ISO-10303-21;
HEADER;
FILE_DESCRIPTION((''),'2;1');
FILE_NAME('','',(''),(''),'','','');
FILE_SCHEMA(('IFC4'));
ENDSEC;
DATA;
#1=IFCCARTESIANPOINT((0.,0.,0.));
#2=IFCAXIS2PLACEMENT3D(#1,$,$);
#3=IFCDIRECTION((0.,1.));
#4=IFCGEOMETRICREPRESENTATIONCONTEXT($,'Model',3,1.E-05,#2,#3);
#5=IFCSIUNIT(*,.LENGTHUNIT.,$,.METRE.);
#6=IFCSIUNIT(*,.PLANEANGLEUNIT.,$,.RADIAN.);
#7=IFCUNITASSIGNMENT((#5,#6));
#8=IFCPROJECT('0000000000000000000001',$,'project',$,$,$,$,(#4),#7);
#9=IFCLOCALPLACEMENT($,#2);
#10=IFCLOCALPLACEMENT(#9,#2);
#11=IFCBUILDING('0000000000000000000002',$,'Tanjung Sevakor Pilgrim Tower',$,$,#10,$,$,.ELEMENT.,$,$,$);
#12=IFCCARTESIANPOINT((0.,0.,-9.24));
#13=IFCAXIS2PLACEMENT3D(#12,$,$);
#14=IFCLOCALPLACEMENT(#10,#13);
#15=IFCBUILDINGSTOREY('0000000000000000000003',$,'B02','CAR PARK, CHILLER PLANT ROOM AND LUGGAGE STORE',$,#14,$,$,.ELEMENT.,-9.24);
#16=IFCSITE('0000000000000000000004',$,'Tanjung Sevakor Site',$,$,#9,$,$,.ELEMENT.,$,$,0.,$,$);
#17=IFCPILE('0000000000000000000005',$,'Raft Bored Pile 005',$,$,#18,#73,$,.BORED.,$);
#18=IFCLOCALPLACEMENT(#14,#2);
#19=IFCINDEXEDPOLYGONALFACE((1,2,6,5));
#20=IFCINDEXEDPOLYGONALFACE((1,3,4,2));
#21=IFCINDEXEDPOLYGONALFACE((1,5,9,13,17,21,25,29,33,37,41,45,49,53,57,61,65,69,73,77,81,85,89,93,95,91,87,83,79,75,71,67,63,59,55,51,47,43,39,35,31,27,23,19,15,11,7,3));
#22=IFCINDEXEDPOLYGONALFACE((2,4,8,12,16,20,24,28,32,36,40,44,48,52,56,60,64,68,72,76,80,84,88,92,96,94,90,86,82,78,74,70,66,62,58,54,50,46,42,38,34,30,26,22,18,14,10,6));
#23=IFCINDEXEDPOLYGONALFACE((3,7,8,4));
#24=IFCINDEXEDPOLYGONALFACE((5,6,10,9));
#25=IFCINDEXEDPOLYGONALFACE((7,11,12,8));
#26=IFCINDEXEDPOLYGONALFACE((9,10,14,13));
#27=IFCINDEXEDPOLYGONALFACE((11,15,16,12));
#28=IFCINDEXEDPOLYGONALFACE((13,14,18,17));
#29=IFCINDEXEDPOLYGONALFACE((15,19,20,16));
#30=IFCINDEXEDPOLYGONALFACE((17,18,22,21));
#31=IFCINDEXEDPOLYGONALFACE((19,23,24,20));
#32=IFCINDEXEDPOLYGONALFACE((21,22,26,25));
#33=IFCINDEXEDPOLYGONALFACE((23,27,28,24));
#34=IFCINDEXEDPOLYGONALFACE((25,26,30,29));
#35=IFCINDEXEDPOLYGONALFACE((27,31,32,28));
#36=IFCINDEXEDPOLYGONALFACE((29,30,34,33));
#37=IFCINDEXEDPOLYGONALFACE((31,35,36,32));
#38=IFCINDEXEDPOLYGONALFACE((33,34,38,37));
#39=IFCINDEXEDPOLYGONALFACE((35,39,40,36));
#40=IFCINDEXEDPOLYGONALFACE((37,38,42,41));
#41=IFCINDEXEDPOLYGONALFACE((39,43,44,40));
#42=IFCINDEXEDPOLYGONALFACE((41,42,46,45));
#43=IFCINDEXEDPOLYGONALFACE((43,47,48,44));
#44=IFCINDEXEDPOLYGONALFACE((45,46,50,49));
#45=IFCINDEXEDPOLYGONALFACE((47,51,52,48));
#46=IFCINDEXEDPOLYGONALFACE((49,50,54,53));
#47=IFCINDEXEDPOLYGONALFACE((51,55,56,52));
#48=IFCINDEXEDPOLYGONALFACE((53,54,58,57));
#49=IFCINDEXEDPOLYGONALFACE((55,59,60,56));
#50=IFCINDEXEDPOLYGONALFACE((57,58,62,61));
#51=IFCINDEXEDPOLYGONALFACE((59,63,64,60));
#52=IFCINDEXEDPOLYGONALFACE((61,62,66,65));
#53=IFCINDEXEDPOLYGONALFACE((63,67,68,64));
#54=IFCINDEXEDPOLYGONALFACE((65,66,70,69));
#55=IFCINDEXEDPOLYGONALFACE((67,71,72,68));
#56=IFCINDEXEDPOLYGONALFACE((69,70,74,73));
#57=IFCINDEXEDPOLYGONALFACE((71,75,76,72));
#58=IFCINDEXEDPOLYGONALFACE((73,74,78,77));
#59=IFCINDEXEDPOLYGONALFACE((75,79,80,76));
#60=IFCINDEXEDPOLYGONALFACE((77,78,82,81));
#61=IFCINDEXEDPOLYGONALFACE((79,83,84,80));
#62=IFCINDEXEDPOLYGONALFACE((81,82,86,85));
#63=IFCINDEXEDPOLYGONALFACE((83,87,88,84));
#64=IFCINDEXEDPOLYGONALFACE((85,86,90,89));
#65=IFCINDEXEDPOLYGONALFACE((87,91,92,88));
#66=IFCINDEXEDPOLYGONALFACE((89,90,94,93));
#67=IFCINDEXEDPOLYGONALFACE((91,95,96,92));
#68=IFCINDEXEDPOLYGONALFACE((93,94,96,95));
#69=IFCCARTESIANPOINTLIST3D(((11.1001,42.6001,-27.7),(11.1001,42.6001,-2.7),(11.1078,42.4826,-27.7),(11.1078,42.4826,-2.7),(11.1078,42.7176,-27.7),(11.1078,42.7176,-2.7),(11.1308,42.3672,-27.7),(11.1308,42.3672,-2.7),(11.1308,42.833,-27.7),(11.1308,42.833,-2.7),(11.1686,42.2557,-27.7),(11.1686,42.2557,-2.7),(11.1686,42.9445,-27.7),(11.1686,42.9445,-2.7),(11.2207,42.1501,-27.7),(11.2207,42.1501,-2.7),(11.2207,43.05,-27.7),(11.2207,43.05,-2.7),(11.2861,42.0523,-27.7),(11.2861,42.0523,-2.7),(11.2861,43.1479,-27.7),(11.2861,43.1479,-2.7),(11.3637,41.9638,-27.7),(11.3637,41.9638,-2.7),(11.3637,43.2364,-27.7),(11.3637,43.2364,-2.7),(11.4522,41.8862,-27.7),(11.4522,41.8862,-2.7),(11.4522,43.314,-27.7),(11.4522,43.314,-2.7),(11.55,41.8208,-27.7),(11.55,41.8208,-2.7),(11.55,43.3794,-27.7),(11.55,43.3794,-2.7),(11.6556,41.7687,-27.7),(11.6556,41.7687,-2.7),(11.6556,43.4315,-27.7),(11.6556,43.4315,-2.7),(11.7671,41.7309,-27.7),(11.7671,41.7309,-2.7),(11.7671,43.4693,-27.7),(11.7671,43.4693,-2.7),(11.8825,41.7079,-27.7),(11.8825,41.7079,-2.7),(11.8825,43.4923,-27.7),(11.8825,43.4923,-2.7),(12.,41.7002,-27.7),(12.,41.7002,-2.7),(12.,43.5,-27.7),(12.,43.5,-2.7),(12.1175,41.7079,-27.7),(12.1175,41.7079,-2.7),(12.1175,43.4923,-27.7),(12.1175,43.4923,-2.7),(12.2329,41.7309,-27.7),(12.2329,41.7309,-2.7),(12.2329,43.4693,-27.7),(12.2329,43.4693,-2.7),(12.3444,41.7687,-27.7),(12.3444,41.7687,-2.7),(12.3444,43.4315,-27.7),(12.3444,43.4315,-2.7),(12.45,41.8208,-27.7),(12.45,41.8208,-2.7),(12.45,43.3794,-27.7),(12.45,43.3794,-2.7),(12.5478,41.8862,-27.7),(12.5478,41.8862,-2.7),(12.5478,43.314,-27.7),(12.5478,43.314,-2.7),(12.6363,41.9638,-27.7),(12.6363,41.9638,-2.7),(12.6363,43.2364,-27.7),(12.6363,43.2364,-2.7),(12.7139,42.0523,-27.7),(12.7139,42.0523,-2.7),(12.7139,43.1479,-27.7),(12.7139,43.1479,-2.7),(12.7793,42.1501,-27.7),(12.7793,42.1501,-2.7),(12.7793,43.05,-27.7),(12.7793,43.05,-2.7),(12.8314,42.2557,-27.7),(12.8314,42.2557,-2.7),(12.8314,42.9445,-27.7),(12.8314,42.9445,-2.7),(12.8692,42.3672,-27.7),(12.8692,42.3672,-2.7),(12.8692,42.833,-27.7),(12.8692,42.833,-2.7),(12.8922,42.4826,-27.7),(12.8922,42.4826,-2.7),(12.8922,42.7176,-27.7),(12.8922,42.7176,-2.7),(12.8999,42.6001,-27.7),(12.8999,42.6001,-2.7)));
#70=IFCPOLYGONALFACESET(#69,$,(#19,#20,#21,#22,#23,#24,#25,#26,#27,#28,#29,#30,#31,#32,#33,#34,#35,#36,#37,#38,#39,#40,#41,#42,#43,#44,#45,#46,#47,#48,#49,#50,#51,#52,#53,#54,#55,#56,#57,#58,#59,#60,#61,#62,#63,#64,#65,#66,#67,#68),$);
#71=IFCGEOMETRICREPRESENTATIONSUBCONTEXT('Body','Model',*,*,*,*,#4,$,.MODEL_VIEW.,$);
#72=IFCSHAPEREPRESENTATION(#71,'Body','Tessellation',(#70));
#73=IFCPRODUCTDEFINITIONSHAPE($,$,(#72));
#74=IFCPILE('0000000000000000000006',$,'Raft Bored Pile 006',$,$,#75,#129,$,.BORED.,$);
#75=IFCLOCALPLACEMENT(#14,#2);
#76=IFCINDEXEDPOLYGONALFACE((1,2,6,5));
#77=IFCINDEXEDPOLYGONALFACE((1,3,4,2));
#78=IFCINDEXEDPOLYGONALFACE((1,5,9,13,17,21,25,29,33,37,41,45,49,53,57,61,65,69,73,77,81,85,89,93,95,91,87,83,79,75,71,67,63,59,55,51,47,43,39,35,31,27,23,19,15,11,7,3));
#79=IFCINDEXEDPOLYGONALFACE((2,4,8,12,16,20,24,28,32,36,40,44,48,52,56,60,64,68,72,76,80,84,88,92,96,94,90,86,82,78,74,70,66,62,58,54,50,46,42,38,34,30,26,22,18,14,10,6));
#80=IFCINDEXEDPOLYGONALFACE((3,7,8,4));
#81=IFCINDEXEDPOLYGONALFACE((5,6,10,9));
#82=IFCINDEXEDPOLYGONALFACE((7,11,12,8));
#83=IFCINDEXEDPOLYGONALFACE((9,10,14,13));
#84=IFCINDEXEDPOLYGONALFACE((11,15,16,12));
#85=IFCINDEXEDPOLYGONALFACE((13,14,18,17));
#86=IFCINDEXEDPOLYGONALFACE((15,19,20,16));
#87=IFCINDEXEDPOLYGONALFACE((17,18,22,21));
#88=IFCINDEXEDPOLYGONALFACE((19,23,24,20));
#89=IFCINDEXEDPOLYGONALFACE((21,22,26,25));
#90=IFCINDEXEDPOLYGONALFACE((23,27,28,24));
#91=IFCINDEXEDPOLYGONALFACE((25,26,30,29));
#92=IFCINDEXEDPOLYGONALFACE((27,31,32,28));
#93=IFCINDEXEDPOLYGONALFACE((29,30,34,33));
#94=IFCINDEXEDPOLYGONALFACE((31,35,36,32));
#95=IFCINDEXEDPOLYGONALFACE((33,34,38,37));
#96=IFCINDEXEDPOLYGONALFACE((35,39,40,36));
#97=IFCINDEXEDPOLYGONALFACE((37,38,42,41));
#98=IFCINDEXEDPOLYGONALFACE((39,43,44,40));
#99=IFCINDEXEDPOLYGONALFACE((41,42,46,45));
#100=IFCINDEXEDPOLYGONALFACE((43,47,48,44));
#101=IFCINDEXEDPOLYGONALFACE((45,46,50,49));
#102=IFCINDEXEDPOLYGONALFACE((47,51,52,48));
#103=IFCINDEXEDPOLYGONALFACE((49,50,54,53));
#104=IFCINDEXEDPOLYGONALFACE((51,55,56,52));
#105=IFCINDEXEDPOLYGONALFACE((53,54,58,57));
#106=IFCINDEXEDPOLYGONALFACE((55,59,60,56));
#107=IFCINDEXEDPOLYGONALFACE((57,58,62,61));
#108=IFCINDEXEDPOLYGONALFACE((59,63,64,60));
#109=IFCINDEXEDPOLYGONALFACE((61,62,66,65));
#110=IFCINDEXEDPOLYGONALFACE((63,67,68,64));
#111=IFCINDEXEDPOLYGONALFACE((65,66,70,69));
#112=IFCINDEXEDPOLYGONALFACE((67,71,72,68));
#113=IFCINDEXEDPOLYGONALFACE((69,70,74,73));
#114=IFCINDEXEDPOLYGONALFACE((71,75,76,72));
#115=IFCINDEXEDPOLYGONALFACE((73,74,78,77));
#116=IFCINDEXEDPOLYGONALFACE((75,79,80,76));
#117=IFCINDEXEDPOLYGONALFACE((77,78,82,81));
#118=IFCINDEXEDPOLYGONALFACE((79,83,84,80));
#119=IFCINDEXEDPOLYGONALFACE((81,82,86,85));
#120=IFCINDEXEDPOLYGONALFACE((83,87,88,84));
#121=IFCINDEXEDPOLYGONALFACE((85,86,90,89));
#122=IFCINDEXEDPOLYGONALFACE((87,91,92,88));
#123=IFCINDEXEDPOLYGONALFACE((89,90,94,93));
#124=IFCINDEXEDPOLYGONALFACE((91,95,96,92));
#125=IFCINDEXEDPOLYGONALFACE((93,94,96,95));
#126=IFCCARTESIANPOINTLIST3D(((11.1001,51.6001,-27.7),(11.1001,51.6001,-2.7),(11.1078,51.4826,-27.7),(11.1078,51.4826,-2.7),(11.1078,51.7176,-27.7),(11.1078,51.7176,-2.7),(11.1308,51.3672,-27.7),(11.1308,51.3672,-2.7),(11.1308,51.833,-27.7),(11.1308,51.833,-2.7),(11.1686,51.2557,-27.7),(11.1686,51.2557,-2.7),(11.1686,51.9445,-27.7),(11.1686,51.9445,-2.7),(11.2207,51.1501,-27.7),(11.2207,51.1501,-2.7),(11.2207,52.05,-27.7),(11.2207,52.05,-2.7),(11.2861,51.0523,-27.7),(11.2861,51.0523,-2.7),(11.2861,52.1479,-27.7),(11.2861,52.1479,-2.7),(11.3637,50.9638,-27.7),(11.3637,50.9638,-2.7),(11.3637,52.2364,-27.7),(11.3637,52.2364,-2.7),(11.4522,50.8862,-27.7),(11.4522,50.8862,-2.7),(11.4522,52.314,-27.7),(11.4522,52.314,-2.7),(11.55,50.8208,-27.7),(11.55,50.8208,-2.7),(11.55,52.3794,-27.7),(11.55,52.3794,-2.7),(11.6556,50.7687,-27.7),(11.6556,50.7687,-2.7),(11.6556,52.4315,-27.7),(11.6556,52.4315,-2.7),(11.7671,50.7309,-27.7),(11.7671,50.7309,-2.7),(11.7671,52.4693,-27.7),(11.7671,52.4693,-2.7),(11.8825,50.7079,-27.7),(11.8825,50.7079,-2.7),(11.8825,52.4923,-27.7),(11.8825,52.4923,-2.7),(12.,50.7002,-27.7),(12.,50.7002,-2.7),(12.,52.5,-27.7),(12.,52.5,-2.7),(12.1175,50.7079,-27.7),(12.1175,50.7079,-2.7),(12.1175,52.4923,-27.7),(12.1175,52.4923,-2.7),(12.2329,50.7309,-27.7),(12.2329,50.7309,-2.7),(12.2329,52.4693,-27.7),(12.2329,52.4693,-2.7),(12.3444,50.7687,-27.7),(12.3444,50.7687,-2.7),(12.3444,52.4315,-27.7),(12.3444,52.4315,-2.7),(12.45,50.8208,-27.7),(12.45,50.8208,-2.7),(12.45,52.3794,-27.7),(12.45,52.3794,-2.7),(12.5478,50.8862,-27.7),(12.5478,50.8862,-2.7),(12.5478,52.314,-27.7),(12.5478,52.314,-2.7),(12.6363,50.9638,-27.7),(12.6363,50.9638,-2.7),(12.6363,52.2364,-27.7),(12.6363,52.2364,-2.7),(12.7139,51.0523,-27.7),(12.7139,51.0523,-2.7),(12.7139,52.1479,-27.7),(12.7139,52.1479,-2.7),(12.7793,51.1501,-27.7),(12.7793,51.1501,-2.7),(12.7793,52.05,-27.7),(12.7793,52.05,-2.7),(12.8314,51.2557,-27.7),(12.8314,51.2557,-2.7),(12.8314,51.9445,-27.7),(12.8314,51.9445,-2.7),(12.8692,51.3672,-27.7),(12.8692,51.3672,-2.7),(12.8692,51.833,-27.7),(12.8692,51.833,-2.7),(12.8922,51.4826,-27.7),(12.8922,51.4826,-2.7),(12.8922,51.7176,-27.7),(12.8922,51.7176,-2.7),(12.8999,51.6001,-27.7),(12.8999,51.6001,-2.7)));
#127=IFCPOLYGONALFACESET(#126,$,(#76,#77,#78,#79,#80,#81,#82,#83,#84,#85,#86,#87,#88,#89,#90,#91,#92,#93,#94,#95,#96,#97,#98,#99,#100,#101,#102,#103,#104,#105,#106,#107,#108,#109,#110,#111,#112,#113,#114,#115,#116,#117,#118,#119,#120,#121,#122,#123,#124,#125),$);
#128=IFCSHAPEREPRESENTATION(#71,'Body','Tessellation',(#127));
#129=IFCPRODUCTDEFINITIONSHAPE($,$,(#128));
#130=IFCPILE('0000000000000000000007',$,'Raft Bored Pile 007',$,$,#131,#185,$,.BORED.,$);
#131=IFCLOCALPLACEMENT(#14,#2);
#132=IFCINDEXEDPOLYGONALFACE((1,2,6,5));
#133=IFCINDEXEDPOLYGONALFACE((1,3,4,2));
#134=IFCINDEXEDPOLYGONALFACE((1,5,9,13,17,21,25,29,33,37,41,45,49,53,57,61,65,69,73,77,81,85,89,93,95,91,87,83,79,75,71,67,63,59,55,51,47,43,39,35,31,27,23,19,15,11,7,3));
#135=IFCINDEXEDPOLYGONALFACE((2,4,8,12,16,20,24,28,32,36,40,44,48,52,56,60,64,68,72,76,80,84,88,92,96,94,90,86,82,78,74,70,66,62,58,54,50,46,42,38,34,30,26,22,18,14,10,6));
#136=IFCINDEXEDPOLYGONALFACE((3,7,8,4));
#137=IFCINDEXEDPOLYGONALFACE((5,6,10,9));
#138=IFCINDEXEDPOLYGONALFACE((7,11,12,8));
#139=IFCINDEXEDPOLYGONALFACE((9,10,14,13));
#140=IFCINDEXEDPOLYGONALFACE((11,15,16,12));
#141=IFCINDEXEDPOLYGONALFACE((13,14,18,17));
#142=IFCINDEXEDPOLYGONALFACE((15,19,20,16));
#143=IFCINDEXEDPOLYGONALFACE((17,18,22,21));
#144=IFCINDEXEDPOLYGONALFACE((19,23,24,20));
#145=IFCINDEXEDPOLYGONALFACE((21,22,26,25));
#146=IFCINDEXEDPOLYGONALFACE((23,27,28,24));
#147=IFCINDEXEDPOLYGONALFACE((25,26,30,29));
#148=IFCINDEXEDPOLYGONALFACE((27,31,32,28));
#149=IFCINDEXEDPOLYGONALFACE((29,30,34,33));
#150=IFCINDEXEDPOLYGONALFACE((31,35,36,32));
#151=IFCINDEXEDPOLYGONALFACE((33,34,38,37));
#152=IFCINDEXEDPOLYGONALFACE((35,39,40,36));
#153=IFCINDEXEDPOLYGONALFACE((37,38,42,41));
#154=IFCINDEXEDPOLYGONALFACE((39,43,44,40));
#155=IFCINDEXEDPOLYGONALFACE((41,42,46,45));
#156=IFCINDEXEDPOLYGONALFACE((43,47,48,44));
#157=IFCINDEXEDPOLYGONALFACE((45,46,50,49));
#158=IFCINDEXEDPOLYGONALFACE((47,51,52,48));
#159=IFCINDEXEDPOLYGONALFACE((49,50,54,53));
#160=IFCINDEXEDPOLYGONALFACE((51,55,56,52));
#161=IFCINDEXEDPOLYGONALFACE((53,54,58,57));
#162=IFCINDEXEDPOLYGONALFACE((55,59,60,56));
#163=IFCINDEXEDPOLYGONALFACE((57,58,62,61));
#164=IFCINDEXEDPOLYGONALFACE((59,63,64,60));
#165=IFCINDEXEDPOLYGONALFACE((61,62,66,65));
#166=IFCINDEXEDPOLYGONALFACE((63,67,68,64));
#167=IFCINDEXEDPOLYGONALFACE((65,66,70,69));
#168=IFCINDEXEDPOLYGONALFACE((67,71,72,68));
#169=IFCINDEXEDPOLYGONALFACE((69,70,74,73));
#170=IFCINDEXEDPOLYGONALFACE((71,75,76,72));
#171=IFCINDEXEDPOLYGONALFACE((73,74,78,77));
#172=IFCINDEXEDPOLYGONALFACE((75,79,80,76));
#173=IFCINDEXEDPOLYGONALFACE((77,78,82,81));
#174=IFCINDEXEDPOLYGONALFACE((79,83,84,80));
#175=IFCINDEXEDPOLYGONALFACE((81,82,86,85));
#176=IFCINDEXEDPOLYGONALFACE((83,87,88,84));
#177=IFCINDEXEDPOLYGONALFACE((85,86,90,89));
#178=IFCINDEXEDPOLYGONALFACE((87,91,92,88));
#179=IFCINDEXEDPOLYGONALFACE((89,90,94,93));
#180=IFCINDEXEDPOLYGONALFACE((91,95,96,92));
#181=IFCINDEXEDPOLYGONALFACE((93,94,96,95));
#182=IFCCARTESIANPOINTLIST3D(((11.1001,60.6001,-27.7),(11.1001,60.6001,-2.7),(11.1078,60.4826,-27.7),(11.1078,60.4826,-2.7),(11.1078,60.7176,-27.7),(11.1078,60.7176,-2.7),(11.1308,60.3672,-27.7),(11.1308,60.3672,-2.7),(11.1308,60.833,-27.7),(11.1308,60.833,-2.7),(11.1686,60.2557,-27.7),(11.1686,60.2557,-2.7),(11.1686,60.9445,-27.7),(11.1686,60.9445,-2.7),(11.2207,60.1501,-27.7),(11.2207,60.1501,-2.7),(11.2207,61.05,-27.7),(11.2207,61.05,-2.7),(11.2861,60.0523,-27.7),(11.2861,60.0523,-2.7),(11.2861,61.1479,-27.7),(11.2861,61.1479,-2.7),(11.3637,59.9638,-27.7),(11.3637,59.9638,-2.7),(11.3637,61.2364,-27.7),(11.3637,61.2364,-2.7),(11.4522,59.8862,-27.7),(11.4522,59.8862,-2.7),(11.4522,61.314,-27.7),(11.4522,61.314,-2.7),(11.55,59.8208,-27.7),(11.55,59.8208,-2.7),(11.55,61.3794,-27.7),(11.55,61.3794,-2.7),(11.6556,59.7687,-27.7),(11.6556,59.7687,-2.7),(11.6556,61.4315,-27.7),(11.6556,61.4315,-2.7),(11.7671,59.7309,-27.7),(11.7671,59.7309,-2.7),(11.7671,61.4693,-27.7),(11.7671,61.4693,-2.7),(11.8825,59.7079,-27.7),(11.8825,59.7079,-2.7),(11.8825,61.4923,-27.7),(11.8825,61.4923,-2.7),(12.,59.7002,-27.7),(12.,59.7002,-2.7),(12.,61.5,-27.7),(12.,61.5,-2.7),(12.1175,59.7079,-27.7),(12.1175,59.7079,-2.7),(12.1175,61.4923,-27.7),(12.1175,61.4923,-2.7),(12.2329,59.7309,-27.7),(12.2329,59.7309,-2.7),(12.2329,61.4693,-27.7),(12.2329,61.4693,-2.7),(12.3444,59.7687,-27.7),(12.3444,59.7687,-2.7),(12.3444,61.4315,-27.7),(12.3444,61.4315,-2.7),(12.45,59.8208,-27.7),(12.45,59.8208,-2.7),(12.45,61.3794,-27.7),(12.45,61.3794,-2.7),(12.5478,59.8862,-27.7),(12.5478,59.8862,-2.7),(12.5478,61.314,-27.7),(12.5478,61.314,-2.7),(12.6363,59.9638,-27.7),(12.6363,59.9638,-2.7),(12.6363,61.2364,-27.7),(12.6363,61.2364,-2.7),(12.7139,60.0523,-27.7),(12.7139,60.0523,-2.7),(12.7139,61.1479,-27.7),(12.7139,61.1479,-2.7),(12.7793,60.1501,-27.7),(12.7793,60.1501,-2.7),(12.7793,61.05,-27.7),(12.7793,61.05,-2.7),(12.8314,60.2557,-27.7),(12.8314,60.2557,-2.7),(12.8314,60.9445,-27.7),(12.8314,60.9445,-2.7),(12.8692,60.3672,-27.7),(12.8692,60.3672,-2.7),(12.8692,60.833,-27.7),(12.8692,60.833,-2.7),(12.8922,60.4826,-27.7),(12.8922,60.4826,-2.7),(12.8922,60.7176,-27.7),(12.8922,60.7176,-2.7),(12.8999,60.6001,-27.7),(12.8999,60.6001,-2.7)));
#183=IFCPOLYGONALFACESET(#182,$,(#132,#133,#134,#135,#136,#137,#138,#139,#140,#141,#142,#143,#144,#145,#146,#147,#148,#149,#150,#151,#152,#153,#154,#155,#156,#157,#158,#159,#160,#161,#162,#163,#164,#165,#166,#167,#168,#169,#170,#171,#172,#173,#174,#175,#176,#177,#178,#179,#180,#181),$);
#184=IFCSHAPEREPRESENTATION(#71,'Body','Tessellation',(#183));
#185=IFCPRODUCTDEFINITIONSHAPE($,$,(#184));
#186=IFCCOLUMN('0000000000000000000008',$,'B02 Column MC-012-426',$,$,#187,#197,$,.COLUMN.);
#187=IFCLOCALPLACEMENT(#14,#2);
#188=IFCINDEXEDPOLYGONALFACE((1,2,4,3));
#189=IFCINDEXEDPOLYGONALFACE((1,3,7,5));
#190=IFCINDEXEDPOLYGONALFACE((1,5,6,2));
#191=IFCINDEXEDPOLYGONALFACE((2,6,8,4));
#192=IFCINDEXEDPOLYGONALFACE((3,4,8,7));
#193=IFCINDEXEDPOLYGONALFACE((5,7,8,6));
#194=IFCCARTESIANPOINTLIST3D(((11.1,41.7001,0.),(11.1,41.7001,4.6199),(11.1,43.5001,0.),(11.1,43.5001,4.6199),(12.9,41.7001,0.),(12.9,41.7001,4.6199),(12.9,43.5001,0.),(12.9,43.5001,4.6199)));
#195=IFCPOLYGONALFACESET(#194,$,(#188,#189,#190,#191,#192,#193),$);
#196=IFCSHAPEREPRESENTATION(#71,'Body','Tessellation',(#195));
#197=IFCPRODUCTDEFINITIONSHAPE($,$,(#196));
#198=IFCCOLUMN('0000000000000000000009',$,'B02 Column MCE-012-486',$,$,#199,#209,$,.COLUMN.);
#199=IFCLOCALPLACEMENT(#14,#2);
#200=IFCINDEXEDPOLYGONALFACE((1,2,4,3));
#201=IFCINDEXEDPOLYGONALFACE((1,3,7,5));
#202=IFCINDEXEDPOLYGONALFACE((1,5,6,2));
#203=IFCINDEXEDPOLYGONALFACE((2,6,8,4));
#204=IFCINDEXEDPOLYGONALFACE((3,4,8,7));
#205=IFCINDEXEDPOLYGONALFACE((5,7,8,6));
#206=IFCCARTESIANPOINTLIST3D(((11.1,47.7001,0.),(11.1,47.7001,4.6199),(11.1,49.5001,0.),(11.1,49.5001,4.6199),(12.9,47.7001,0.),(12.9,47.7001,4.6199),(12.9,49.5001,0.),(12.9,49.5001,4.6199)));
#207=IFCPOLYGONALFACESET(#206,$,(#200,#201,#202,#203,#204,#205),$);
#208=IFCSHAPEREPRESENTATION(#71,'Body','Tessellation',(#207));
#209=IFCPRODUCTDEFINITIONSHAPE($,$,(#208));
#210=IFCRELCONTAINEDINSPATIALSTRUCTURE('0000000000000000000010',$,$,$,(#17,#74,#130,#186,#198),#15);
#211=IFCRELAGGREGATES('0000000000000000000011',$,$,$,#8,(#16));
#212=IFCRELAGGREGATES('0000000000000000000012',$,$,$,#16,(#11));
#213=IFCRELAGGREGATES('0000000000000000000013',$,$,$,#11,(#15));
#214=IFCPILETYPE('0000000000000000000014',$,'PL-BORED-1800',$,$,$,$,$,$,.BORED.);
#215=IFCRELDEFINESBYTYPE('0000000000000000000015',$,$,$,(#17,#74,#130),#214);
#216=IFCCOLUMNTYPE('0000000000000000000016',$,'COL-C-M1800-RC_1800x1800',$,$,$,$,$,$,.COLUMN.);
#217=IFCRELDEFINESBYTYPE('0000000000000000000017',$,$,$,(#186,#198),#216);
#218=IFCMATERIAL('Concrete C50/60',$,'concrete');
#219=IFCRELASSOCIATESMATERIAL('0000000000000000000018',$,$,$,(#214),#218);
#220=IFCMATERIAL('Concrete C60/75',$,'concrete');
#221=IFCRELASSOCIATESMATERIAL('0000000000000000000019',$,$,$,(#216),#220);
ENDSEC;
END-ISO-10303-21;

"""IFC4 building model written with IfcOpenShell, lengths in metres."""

from ifc_helpers import new_model, si_unit, direction, frame, origin, origin_2d, place, context, subcontext, project, spatial, rectangle, circle, extrude, material, material_profile, profile_set, type_object, element, save


model = new_model("IFC4")

# Units and contexts
model_context = context("Model", 3, precision=1e-05, world=origin(), true_north=direction((0.0, 1.0)))
body_context = subcontext(model_context, "Body", "Model", "MODEL_VIEW")
ifc_project = project(units=[si_unit("LENGTHUNIT", "METRE"), si_unit("PLANEANGLEUNIT", "RADIAN")], contexts=[model_context])

# Site, building, storey
site_placement = place(None, origin())
site = spatial("IfcSite", under=ifc_project, at=site_placement, Name="Tanjung Sevakor Site", CompositionType="ELEMENT", RefElevation=0.0)
building_placement = place(site_placement, origin())
building = spatial("IfcBuilding", under=site, at=building_placement, Name="Tanjung Sevakor Pilgrim Tower", CompositionType="ELEMENT")
storey_placement = place(building_placement, frame((0.0, 0.0, -9.24)))
storey = spatial("IfcBuildingStorey", under=building, at=storey_placement, Name="B02", Description="CAR PARK, CHILLER PLANT ROOM AND LUGGAGE STORE", CompositionType="ELEMENT", Elevation=-9.24)

# Piles
ifc_material_1 = material(Name="Concrete C50/60", Category="concrete")
ifc_material_profile_1 = material_profile(ifc_material_1, circle(Radius=0.8999, at=origin_2d()))
ifc_profile_set_1 = profile_set([ifc_material_profile_1], Name="Concrete C50/60")
pile_type_1 = type_object("IfcPileType", Name="PL-BORED-1800", PredefinedType="BORED", material=ifc_profile_set_1)
for number, where, z_axis, x_axis, name in (
    (1, (12.0, 42.6001, -2.7), (0.0, 0.0, -1.0), (1.0, 0.0, 0.0), "Raft Bored Pile 005"),
    (2, (12.0, 51.6001, -2.7), (0.0, 0.0, -1.0), (1.0, 0.0, 0.0), "Raft Bored Pile 006"),
    (3, (12.0, 60.6001, -2.7), (0.0, 0.0, -1.0), (1.0, 0.0, 0.0), "Raft Bored Pile 007"),
):
    element("IfcPile", number, at=place(storey_placement, frame(where, z_axis=z_axis, x_axis=x_axis)), inside=storey, type_object=pile_type_1, Name=name, PredefinedType="BORED", context=body_context, shape_type="SweptSolid", body=[
        extrude(circle(Radius=0.8999, at=origin_2d()), origin(), (0.0, 0.0, 1.0), 25.0),
    ])

# Columns
ifc_material_2 = material(Name="Concrete C60/75", Category="concrete")
ifc_material_profile_2 = material_profile(ifc_material_2, rectangle(XDim=1.8, YDim=1.8, at=origin_2d()))
ifc_profile_set_2 = profile_set([ifc_material_profile_2], Name="Concrete C60/75")
column_type_1 = type_object("IfcColumnType", Name="COL-C-M1800-RC_1800x1800", PredefinedType="COLUMN", material=ifc_profile_set_2)
for number, where, z_axis, x_axis, name in (
    (4, (12.0, 42.6001, 0.0), (0.0, 0.0, 1.0), (1.0, 0.0, 0.0), "B02 Column MC-012-426"),
    (5, (12.0, 48.6001, 0.0), (0.0, 0.0, 1.0), (1.0, 0.0, 0.0), "B02 Column MCE-012-486"),
):
    element("IfcColumn", number, at=place(storey_placement, frame(where, z_axis=z_axis, x_axis=x_axis)), inside=storey, type_object=column_type_1, Name=name, PredefinedType="COLUMN", context=body_context, shape_type="SweptSolid", body=[
        extrude(rectangle(XDim=1.8, YDim=1.8, at=origin_2d()), origin(), (0.0, 0.0, 1.0), 4.6199),
    ])

save(model, "model.ifc")
